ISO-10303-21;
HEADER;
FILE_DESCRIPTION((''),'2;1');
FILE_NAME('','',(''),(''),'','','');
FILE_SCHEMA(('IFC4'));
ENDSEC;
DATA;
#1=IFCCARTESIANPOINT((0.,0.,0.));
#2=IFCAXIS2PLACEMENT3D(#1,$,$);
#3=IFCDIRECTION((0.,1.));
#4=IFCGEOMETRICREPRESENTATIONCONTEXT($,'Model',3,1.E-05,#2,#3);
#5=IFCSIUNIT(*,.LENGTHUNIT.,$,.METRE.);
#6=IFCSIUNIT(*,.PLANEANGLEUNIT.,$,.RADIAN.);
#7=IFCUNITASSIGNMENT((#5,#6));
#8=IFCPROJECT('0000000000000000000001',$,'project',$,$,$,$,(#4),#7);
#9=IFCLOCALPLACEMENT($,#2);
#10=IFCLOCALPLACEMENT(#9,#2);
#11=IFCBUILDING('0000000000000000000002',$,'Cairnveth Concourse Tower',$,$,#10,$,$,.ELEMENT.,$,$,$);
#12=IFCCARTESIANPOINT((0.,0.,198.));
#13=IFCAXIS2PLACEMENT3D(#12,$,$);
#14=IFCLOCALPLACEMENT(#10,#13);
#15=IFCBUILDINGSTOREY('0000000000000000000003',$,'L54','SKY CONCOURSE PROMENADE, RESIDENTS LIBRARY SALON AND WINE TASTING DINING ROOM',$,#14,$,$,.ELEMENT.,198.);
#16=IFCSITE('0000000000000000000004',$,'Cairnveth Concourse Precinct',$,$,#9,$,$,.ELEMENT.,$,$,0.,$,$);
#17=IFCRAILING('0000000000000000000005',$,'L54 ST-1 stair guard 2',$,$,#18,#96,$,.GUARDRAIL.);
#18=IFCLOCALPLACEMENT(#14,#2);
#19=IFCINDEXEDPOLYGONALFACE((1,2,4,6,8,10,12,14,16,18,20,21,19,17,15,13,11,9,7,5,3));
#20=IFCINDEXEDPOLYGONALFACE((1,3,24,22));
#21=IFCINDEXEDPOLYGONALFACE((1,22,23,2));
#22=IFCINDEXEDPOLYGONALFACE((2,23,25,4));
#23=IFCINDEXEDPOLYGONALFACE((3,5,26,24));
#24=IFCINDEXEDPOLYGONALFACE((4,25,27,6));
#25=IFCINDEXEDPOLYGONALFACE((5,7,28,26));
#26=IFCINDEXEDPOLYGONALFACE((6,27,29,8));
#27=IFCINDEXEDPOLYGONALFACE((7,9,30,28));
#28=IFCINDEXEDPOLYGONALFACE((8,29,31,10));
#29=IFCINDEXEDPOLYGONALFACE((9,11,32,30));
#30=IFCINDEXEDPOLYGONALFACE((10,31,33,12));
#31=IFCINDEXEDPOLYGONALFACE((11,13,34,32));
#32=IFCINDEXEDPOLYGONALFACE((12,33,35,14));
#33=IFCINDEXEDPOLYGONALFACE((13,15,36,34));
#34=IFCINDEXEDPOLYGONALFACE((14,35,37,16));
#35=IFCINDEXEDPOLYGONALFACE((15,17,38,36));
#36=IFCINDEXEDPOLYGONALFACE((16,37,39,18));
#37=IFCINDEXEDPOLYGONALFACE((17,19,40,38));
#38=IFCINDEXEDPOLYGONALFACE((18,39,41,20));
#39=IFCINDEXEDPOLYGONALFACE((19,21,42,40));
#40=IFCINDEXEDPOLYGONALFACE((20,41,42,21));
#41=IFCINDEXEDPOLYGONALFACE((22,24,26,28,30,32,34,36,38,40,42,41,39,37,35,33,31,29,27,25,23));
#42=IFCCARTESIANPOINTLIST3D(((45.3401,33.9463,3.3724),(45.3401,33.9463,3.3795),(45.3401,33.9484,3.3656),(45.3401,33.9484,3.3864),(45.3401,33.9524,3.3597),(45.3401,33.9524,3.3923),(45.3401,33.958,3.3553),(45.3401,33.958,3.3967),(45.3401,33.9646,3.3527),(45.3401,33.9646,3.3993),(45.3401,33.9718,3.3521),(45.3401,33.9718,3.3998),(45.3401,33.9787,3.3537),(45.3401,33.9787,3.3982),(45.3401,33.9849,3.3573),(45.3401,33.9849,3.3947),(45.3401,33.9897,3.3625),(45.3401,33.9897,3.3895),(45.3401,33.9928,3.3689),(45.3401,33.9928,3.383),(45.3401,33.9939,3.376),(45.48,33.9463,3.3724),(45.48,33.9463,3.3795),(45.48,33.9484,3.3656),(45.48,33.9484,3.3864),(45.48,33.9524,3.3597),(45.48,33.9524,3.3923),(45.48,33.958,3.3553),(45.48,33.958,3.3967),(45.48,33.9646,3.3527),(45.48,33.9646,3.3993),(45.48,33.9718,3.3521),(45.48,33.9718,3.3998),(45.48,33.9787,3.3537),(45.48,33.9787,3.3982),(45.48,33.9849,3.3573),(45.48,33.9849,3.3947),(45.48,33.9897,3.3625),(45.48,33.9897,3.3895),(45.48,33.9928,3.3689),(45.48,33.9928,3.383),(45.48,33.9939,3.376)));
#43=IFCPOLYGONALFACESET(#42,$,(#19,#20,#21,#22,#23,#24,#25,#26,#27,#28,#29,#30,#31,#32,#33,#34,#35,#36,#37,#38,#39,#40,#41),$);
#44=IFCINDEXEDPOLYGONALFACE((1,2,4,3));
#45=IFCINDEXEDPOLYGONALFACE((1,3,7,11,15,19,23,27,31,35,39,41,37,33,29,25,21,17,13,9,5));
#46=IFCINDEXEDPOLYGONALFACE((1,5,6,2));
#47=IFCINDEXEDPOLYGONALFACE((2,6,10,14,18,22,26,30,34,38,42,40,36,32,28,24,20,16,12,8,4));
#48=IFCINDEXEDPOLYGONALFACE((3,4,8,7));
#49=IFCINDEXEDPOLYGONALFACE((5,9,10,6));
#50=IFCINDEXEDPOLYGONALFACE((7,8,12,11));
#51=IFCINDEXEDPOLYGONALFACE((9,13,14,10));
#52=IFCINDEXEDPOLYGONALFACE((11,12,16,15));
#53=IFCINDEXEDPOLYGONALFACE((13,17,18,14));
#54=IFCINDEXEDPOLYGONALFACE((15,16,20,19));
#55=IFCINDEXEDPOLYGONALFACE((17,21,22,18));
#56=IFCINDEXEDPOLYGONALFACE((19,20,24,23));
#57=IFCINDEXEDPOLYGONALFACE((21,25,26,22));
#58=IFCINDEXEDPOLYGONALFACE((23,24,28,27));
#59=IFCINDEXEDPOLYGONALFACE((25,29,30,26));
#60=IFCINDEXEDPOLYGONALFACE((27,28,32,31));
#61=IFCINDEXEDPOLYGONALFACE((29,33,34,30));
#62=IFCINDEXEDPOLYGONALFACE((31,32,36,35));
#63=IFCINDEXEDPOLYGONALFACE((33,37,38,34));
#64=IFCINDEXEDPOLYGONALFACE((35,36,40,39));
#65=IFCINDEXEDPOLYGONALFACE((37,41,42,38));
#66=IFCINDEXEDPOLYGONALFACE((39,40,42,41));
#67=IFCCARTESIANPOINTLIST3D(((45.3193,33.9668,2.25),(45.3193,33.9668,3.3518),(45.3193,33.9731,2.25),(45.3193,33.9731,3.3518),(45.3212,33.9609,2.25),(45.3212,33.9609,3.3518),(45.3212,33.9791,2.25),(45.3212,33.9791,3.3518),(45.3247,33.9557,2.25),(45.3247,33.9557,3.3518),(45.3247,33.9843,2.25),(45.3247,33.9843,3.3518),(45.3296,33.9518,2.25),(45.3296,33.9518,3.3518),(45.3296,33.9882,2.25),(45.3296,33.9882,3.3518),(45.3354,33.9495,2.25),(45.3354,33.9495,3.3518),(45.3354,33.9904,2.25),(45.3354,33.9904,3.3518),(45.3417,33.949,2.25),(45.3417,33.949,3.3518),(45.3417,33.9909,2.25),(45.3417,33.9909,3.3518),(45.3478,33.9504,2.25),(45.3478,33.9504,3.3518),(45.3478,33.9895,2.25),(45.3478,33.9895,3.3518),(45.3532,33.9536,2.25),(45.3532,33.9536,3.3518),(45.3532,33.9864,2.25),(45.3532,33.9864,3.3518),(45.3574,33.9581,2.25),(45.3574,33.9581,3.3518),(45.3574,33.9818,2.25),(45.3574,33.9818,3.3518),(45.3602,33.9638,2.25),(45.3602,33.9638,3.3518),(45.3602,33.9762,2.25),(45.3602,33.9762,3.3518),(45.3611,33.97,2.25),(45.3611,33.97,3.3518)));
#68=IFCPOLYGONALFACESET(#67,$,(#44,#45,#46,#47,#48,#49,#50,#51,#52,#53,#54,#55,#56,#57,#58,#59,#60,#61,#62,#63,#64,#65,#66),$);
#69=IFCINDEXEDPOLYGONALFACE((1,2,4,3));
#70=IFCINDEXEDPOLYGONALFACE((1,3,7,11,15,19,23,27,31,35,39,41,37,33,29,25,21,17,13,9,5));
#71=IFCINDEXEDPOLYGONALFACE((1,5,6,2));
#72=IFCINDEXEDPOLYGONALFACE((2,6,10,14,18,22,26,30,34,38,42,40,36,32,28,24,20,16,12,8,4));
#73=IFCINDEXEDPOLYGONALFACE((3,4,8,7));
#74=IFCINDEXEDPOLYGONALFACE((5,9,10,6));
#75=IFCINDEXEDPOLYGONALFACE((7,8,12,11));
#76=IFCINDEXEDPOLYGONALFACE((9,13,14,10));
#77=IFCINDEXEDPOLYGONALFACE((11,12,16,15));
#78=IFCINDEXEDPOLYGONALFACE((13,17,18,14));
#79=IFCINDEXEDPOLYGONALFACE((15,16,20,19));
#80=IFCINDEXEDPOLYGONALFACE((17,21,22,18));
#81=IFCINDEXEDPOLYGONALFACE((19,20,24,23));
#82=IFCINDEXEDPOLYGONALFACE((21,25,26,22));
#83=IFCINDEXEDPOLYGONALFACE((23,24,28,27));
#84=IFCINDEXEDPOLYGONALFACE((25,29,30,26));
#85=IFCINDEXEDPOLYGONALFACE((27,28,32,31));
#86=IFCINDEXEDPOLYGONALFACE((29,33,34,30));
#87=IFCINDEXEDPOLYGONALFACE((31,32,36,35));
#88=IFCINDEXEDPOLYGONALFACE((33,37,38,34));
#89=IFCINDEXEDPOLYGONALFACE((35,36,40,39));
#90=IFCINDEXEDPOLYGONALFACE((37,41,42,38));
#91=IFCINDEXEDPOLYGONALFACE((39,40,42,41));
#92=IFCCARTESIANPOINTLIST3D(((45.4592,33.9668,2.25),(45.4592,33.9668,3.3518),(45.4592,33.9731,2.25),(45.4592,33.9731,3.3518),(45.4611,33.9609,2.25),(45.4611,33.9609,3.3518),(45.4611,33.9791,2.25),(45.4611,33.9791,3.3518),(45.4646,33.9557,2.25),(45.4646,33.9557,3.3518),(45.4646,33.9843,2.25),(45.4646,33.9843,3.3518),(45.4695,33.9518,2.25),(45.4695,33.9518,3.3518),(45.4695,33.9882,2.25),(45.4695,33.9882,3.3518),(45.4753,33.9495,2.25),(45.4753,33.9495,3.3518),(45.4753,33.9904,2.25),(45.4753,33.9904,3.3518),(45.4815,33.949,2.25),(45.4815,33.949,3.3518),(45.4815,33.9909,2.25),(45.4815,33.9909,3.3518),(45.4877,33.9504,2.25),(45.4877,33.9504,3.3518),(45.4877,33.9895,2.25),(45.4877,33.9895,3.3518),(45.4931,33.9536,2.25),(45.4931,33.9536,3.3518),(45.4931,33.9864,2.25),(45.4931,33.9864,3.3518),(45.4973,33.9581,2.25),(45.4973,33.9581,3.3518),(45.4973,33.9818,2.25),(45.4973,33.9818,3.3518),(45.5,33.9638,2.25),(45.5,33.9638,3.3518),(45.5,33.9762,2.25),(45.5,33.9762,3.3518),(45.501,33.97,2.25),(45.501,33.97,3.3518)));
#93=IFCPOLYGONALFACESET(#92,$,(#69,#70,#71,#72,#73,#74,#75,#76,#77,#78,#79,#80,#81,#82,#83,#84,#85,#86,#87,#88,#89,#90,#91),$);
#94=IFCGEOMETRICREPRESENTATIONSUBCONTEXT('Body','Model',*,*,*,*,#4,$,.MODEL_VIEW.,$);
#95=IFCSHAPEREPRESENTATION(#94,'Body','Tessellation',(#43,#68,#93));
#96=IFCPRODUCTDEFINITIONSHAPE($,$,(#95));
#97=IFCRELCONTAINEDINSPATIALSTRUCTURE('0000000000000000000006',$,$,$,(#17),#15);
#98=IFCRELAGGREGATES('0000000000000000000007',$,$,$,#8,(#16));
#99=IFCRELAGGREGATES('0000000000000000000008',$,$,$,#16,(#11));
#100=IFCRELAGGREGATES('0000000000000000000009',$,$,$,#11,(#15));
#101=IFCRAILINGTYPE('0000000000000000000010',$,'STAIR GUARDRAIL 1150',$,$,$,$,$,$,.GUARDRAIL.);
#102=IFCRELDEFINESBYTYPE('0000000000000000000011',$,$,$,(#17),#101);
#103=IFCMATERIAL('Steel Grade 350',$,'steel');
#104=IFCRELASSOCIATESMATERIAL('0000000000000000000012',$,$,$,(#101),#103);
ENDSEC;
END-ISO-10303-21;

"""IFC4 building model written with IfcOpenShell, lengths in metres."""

from ifc_helpers import new_model, si_unit, direction, frame, origin, origin_2d, place, context, subcontext, project, spatial, circle, extrude, material, type_object, element, save


model = new_model("IFC4")

# Units and contexts
model_context = context("Model", 3, precision=1e-05, world=origin(), true_north=direction((0.0, 1.0)))
body_context = subcontext(model_context, "Body", "Model", "MODEL_VIEW")
ifc_project = project(units=[si_unit("LENGTHUNIT", "METRE"), si_unit("PLANEANGLEUNIT", "RADIAN")], contexts=[model_context])

# Site, building, storey
site_placement = place(None, origin())
site = spatial("IfcSite", under=ifc_project, at=site_placement, Name="Cairnveth Concourse Precinct", CompositionType="ELEMENT", RefElevation=0.0)
building_placement = place(site_placement, origin())
building = spatial("IfcBuilding", under=site, at=building_placement, Name="Cairnveth Concourse Tower", CompositionType="ELEMENT")
storey_placement = place(building_placement, frame((0.0, 0.0, 198.0)))
storey = spatial("IfcBuildingStorey", under=building, at=storey_placement, Name="L54", Description="SKY CONCOURSE PROMENADE, RESIDENTS LIBRARY SALON AND WINE TASTING DINING ROOM", CompositionType="ELEMENT", Elevation=198.0)

# Shared definitions
ifc_material_1 = material(Name="Steel Grade 350", Category="steel")

# Railing
railing_type_1 = type_object("IfcRailingType", Name="STAIR GUARDRAIL 1150", PredefinedType="GUARDRAIL", material=ifc_material_1)
railing_1_placement = place(storey_placement, frame((45.3401, 33.97, 2.25)))
element("IfcRailing", 1, at=railing_1_placement, inside=storey, type_object=railing_type_1, Name="L54 ST-1 stair guard 2", PredefinedType="GUARDRAIL", context=body_context, shape_type="SweptSolid", body=[
    extrude(circle(Radius=0.0239, at=origin_2d()), frame((0.0, 0.0, 1.126), z_axis=(1.0, 0.0, 0.0), x_axis=(0.0, 1.0, 0.0)), (0.0, 0.0, 1.0), 0.1399),
    extrude(circle(Radius=0.021, at=origin_2d()), origin(), (0.0, 0.0, 1.0), 1.1018),
    extrude(circle(Radius=0.021, at=origin_2d()), frame((0.1399, 0.0, 0.0)), (0.0, 0.0, 1.0), 1.1018),
])

save(model, "model.ifc")
